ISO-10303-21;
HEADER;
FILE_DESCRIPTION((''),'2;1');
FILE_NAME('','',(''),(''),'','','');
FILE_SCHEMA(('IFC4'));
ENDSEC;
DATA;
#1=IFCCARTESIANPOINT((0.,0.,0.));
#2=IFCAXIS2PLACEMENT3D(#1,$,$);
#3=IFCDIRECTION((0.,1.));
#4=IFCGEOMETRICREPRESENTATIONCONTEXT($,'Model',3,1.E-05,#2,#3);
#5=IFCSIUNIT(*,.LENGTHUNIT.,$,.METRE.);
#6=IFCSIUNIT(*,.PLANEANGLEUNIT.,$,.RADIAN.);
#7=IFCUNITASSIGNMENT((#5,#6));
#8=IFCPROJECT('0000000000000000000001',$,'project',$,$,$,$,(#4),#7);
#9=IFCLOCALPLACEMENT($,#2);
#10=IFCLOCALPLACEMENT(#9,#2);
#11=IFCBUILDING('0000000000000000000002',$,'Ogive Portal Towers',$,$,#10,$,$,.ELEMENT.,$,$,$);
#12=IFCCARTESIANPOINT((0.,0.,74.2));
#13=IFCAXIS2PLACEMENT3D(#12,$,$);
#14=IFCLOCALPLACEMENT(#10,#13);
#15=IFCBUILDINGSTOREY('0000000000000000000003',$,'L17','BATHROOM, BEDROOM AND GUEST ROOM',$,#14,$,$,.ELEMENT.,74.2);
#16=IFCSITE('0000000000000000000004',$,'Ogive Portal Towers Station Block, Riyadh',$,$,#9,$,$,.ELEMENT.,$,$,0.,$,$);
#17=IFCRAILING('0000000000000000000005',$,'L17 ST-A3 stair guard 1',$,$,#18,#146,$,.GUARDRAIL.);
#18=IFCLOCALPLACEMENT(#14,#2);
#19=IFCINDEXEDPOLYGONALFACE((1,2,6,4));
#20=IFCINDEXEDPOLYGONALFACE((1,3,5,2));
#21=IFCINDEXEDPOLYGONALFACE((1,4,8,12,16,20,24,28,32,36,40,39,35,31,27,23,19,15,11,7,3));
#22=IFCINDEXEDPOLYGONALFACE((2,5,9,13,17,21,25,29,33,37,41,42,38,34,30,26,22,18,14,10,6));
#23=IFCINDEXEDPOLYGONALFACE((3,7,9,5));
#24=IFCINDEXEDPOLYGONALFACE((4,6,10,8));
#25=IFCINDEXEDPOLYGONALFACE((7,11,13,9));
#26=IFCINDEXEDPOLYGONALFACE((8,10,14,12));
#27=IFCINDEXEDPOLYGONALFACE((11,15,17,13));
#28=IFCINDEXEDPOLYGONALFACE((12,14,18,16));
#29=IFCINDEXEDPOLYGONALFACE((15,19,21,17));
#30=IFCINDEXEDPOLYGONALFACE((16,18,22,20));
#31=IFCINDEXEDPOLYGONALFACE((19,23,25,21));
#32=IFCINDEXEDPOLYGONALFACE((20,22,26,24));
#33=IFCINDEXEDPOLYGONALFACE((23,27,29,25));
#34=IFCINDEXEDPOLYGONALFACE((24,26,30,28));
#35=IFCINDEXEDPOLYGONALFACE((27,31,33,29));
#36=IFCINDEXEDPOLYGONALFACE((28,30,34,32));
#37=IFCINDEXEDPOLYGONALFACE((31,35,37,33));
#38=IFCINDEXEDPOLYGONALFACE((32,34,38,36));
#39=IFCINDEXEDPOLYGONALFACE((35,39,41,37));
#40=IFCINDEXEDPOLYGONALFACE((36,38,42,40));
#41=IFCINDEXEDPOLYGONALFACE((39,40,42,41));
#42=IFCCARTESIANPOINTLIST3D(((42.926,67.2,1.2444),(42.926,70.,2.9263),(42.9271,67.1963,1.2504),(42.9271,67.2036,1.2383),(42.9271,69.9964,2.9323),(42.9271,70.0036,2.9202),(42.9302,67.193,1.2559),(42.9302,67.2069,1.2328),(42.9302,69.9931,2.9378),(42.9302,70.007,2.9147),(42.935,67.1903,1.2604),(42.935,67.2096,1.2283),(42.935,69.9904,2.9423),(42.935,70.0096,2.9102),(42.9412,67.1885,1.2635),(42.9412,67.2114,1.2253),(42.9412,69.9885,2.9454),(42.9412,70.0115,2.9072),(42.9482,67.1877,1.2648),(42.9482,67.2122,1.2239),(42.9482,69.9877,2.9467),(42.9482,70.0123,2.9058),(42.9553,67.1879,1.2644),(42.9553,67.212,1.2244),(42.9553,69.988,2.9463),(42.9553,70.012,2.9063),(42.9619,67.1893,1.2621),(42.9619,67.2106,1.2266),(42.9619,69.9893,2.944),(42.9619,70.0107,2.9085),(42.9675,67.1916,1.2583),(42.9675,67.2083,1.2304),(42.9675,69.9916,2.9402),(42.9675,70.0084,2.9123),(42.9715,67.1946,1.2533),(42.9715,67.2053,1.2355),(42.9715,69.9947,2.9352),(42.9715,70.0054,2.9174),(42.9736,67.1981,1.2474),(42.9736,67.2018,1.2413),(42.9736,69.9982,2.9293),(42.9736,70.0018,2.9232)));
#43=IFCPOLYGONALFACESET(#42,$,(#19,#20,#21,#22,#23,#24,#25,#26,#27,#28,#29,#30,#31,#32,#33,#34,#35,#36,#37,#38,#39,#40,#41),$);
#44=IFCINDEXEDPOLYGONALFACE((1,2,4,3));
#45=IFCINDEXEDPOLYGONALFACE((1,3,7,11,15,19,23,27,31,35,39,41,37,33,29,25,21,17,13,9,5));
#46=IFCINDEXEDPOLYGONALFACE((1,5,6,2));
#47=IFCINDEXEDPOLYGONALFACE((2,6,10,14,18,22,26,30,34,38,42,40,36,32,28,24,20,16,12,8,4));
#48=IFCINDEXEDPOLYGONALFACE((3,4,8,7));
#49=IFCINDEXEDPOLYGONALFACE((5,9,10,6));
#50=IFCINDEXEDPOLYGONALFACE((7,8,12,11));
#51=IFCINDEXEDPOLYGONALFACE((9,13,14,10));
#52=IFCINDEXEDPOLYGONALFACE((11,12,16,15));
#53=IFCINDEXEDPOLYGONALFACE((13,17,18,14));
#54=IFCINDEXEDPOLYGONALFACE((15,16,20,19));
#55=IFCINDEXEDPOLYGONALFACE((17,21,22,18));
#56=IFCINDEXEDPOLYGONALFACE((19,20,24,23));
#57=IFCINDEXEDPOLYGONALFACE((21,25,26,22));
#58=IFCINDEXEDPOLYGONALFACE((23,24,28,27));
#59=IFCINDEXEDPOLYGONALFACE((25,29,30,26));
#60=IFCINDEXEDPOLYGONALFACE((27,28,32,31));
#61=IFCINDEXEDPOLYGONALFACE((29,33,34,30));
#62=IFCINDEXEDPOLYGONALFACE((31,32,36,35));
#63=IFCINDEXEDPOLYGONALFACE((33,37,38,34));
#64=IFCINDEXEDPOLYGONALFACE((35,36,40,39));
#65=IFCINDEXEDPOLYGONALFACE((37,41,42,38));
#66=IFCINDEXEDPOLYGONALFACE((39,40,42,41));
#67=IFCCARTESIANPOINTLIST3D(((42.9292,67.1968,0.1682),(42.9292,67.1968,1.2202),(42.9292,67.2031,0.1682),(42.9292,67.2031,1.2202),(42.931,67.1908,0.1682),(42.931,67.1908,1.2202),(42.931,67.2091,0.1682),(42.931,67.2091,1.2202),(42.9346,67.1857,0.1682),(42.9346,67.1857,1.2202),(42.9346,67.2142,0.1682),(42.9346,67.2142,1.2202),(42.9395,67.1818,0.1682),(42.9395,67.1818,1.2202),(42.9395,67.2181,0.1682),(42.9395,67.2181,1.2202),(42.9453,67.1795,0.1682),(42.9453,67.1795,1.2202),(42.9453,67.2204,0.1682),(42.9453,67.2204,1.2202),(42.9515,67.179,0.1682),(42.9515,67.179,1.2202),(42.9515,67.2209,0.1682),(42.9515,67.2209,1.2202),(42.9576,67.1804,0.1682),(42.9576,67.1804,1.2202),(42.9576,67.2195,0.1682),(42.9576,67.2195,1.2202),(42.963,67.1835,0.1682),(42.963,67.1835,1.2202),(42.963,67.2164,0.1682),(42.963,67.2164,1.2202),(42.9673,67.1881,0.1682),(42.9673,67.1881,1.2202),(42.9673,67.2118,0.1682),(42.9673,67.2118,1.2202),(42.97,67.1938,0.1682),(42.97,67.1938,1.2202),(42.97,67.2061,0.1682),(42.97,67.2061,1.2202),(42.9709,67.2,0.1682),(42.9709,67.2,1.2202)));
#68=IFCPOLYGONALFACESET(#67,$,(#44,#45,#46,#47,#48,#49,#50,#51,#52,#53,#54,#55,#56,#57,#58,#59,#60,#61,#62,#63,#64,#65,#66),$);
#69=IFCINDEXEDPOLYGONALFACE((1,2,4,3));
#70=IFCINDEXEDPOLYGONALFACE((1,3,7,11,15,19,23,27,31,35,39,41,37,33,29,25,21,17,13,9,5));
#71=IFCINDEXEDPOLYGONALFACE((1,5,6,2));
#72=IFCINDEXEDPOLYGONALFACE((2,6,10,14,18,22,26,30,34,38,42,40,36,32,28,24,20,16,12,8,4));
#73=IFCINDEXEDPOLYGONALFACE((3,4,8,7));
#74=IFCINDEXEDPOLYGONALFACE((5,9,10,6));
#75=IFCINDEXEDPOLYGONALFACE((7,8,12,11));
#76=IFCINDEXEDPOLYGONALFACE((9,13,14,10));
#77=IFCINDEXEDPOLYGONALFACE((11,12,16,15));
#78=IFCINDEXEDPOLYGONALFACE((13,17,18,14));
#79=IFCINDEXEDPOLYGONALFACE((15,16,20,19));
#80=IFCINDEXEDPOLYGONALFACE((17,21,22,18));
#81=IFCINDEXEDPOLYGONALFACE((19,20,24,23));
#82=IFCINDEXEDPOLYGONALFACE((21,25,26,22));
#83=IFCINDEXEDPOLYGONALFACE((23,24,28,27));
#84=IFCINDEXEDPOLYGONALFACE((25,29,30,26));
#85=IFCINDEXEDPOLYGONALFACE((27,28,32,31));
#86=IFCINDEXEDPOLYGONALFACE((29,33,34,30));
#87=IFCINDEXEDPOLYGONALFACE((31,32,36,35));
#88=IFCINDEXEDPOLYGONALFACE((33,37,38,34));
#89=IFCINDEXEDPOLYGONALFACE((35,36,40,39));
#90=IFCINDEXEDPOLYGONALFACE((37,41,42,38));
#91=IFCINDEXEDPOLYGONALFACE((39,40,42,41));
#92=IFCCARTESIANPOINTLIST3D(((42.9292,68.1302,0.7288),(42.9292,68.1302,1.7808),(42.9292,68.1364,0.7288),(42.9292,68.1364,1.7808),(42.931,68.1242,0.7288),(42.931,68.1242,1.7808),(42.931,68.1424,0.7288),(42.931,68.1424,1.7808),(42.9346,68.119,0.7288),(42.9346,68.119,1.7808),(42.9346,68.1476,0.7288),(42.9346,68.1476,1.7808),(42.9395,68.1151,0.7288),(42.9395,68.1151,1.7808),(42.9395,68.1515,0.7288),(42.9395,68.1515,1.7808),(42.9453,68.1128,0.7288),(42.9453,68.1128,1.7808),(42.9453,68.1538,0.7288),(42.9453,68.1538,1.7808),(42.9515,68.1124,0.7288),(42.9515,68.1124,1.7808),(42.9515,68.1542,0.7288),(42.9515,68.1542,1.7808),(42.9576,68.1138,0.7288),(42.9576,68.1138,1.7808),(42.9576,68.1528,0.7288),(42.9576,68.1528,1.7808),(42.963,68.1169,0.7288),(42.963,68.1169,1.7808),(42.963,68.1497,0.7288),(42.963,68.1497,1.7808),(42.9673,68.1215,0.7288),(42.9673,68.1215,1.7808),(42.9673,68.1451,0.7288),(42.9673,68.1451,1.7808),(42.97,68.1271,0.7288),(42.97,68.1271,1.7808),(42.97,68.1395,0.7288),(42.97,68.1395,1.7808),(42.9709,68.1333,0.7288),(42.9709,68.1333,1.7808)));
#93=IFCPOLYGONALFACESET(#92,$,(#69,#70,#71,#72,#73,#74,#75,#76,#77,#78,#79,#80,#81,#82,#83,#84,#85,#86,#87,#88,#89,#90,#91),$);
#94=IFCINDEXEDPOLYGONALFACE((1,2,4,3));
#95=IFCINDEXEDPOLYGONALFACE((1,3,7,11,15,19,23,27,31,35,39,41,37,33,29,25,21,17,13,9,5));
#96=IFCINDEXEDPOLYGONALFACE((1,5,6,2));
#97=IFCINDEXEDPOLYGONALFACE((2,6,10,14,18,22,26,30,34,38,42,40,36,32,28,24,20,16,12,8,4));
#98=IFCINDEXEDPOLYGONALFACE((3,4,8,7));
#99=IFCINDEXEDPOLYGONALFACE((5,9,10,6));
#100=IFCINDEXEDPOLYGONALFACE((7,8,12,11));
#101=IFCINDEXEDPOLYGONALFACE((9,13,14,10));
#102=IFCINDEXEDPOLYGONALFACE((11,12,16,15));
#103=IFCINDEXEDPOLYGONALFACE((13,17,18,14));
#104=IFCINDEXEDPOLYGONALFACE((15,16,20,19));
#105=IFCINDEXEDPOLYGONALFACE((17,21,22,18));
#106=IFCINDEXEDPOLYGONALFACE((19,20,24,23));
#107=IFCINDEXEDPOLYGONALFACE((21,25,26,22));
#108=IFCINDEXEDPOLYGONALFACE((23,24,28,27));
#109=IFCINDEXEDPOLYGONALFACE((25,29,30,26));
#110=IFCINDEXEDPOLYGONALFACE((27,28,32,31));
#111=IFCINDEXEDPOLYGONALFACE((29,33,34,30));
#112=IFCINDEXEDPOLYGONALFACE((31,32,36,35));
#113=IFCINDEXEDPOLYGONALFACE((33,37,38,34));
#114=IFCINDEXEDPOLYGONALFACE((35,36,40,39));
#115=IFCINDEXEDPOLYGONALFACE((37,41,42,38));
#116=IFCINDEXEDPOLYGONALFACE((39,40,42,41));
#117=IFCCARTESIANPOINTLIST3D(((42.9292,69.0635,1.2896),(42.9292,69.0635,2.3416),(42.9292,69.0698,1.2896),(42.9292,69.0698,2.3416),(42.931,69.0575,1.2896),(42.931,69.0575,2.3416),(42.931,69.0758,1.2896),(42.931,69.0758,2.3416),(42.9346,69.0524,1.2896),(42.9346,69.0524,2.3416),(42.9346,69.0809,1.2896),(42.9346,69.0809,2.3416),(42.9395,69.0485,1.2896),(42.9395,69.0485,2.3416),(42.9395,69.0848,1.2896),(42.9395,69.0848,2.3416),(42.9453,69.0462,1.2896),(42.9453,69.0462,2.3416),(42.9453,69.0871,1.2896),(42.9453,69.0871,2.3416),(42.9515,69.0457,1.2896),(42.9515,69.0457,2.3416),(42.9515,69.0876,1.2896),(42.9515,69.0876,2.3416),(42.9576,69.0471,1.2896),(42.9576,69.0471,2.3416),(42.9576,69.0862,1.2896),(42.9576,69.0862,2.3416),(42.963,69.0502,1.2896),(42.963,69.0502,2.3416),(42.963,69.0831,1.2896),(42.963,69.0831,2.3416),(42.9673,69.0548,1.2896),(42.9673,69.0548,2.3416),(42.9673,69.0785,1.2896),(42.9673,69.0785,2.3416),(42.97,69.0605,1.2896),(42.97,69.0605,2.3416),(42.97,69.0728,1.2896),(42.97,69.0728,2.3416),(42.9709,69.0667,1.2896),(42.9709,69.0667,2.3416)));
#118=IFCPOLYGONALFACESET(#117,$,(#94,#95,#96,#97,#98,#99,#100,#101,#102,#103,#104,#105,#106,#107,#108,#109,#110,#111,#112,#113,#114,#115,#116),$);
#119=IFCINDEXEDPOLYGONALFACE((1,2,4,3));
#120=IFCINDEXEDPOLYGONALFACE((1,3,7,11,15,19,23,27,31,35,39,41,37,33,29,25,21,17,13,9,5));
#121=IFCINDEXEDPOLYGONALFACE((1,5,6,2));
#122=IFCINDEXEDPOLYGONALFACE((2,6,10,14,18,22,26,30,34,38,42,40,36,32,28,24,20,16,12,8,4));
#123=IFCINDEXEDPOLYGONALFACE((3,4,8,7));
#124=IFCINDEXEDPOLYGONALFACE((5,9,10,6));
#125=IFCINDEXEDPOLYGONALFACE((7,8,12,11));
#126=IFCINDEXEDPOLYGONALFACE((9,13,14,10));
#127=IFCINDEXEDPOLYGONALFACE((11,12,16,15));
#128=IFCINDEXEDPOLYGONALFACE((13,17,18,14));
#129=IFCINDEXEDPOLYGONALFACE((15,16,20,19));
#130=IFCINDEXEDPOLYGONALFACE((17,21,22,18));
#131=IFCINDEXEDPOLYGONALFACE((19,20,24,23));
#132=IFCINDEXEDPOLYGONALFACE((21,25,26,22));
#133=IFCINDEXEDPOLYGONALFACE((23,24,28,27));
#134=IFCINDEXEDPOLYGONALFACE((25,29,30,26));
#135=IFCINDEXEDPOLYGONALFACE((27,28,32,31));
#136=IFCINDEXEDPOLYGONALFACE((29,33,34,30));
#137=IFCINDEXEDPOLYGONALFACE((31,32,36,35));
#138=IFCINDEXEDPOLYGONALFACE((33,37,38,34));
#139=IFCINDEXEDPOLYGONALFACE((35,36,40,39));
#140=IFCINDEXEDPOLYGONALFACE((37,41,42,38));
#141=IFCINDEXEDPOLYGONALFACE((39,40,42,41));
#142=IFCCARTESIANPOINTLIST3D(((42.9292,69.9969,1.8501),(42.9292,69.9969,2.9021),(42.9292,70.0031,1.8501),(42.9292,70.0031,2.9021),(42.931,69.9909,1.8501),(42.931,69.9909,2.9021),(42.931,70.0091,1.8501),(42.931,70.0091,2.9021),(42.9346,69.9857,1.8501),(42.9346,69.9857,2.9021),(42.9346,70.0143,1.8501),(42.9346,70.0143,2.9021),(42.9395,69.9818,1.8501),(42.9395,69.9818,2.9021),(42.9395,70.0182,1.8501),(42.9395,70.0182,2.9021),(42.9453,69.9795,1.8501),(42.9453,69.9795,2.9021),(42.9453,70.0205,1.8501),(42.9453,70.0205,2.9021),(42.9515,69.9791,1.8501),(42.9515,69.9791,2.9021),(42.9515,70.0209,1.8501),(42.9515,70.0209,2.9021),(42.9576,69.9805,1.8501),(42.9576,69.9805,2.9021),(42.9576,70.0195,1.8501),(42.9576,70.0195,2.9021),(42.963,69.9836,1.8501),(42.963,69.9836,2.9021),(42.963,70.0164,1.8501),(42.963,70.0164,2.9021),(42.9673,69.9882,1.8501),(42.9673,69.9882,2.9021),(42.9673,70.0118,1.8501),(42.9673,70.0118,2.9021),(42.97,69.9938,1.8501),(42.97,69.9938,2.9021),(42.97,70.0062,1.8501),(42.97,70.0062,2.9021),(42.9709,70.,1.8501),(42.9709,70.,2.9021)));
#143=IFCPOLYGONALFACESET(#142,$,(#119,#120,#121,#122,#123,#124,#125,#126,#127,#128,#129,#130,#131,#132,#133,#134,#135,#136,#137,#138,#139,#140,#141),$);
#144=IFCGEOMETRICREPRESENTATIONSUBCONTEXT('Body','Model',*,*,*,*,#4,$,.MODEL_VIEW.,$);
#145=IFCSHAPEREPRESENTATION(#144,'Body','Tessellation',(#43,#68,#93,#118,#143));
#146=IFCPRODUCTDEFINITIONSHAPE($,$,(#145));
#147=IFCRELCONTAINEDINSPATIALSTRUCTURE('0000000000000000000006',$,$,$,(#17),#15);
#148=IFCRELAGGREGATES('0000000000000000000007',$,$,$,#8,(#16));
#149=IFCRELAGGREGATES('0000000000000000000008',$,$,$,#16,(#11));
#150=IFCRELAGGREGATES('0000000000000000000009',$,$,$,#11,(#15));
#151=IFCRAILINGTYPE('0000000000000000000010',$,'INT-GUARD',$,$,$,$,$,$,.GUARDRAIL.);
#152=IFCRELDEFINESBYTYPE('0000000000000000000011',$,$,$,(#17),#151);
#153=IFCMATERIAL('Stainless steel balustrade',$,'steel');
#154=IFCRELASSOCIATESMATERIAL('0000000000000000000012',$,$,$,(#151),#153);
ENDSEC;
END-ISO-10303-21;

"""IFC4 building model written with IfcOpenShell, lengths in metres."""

from ifc_helpers import new_model, si_unit, direction, frame, origin, origin_2d, place, context, subcontext, project, spatial, circle, extrude, material, type_object, element, save


model = new_model("IFC4")

# Units and contexts
model_context = context("Model", 3, precision=1e-05, world=origin(), true_north=direction((0.0, 1.0)))
body_context = subcontext(model_context, "Body", "Model", "MODEL_VIEW")
ifc_project = project(units=[si_unit("LENGTHUNIT", "METRE"), si_unit("PLANEANGLEUNIT", "RADIAN")], contexts=[model_context])

# Site, building, storey
site_placement = place(None, origin())
site = spatial("IfcSite", under=ifc_project, at=site_placement, Name="Ogive Portal Towers Station Block, Riyadh", CompositionType="ELEMENT", RefElevation=0.0)
building_placement = place(site_placement, origin())
building = spatial("IfcBuilding", under=site, at=building_placement, Name="Ogive Portal Towers", CompositionType="ELEMENT")
storey_placement = place(building_placement, frame((0.0, 0.0, 74.2)))
storey = spatial("IfcBuildingStorey", under=building, at=storey_placement, Name="L17", Description="BATHROOM, BEDROOM AND GUEST ROOM", CompositionType="ELEMENT", Elevation=74.2)

# Railing
ifc_material_1 = material(Name="Stainless steel balustrade", Category="steel")
railing_type_1 = type_object("IfcRailingType", Name="INT-GUARD", PredefinedType="GUARDRAIL", material=ifc_material_1)
railing_1_placement = place(storey_placement, frame((42.95, 67.2, 0.1682)))
element("IfcRailing", 1, at=railing_1_placement, inside=storey, type_object=railing_type_1, Name="L17 ST-A3 stair guard 1", PredefinedType="GUARDRAIL", context=body_context, shape_type="SweptSolid", body=[
    extrude(circle(Radius=0.0239, at=origin_2d()), frame((0.0, 0.0, 1.0762), z_axis=(0.0, 0.857242, 0.514913), x_axis=(-1.0, 0.0, 0.0)), (0.0, 0.0, 1.0), 3.2664),
    extrude(circle(Radius=0.021, at=origin_2d()), origin(), (0.0, 0.0, 1.0), 1.052),
    extrude(circle(Radius=0.021, at=origin_2d()), frame((0.0, 0.9333, 0.5605)), (0.0, 0.0, 1.0), 1.052),
    extrude(circle(Radius=0.021, at=origin_2d()), frame((0.0, 1.8667, 1.1213)), (0.0, 0.0, 1.0), 1.052),
    extrude(circle(Radius=0.021, at=origin_2d()), frame((0.0, 2.8, 1.6819)), (0.0, 0.0, 1.0), 1.052),
])

save(model, "model.ifc")
